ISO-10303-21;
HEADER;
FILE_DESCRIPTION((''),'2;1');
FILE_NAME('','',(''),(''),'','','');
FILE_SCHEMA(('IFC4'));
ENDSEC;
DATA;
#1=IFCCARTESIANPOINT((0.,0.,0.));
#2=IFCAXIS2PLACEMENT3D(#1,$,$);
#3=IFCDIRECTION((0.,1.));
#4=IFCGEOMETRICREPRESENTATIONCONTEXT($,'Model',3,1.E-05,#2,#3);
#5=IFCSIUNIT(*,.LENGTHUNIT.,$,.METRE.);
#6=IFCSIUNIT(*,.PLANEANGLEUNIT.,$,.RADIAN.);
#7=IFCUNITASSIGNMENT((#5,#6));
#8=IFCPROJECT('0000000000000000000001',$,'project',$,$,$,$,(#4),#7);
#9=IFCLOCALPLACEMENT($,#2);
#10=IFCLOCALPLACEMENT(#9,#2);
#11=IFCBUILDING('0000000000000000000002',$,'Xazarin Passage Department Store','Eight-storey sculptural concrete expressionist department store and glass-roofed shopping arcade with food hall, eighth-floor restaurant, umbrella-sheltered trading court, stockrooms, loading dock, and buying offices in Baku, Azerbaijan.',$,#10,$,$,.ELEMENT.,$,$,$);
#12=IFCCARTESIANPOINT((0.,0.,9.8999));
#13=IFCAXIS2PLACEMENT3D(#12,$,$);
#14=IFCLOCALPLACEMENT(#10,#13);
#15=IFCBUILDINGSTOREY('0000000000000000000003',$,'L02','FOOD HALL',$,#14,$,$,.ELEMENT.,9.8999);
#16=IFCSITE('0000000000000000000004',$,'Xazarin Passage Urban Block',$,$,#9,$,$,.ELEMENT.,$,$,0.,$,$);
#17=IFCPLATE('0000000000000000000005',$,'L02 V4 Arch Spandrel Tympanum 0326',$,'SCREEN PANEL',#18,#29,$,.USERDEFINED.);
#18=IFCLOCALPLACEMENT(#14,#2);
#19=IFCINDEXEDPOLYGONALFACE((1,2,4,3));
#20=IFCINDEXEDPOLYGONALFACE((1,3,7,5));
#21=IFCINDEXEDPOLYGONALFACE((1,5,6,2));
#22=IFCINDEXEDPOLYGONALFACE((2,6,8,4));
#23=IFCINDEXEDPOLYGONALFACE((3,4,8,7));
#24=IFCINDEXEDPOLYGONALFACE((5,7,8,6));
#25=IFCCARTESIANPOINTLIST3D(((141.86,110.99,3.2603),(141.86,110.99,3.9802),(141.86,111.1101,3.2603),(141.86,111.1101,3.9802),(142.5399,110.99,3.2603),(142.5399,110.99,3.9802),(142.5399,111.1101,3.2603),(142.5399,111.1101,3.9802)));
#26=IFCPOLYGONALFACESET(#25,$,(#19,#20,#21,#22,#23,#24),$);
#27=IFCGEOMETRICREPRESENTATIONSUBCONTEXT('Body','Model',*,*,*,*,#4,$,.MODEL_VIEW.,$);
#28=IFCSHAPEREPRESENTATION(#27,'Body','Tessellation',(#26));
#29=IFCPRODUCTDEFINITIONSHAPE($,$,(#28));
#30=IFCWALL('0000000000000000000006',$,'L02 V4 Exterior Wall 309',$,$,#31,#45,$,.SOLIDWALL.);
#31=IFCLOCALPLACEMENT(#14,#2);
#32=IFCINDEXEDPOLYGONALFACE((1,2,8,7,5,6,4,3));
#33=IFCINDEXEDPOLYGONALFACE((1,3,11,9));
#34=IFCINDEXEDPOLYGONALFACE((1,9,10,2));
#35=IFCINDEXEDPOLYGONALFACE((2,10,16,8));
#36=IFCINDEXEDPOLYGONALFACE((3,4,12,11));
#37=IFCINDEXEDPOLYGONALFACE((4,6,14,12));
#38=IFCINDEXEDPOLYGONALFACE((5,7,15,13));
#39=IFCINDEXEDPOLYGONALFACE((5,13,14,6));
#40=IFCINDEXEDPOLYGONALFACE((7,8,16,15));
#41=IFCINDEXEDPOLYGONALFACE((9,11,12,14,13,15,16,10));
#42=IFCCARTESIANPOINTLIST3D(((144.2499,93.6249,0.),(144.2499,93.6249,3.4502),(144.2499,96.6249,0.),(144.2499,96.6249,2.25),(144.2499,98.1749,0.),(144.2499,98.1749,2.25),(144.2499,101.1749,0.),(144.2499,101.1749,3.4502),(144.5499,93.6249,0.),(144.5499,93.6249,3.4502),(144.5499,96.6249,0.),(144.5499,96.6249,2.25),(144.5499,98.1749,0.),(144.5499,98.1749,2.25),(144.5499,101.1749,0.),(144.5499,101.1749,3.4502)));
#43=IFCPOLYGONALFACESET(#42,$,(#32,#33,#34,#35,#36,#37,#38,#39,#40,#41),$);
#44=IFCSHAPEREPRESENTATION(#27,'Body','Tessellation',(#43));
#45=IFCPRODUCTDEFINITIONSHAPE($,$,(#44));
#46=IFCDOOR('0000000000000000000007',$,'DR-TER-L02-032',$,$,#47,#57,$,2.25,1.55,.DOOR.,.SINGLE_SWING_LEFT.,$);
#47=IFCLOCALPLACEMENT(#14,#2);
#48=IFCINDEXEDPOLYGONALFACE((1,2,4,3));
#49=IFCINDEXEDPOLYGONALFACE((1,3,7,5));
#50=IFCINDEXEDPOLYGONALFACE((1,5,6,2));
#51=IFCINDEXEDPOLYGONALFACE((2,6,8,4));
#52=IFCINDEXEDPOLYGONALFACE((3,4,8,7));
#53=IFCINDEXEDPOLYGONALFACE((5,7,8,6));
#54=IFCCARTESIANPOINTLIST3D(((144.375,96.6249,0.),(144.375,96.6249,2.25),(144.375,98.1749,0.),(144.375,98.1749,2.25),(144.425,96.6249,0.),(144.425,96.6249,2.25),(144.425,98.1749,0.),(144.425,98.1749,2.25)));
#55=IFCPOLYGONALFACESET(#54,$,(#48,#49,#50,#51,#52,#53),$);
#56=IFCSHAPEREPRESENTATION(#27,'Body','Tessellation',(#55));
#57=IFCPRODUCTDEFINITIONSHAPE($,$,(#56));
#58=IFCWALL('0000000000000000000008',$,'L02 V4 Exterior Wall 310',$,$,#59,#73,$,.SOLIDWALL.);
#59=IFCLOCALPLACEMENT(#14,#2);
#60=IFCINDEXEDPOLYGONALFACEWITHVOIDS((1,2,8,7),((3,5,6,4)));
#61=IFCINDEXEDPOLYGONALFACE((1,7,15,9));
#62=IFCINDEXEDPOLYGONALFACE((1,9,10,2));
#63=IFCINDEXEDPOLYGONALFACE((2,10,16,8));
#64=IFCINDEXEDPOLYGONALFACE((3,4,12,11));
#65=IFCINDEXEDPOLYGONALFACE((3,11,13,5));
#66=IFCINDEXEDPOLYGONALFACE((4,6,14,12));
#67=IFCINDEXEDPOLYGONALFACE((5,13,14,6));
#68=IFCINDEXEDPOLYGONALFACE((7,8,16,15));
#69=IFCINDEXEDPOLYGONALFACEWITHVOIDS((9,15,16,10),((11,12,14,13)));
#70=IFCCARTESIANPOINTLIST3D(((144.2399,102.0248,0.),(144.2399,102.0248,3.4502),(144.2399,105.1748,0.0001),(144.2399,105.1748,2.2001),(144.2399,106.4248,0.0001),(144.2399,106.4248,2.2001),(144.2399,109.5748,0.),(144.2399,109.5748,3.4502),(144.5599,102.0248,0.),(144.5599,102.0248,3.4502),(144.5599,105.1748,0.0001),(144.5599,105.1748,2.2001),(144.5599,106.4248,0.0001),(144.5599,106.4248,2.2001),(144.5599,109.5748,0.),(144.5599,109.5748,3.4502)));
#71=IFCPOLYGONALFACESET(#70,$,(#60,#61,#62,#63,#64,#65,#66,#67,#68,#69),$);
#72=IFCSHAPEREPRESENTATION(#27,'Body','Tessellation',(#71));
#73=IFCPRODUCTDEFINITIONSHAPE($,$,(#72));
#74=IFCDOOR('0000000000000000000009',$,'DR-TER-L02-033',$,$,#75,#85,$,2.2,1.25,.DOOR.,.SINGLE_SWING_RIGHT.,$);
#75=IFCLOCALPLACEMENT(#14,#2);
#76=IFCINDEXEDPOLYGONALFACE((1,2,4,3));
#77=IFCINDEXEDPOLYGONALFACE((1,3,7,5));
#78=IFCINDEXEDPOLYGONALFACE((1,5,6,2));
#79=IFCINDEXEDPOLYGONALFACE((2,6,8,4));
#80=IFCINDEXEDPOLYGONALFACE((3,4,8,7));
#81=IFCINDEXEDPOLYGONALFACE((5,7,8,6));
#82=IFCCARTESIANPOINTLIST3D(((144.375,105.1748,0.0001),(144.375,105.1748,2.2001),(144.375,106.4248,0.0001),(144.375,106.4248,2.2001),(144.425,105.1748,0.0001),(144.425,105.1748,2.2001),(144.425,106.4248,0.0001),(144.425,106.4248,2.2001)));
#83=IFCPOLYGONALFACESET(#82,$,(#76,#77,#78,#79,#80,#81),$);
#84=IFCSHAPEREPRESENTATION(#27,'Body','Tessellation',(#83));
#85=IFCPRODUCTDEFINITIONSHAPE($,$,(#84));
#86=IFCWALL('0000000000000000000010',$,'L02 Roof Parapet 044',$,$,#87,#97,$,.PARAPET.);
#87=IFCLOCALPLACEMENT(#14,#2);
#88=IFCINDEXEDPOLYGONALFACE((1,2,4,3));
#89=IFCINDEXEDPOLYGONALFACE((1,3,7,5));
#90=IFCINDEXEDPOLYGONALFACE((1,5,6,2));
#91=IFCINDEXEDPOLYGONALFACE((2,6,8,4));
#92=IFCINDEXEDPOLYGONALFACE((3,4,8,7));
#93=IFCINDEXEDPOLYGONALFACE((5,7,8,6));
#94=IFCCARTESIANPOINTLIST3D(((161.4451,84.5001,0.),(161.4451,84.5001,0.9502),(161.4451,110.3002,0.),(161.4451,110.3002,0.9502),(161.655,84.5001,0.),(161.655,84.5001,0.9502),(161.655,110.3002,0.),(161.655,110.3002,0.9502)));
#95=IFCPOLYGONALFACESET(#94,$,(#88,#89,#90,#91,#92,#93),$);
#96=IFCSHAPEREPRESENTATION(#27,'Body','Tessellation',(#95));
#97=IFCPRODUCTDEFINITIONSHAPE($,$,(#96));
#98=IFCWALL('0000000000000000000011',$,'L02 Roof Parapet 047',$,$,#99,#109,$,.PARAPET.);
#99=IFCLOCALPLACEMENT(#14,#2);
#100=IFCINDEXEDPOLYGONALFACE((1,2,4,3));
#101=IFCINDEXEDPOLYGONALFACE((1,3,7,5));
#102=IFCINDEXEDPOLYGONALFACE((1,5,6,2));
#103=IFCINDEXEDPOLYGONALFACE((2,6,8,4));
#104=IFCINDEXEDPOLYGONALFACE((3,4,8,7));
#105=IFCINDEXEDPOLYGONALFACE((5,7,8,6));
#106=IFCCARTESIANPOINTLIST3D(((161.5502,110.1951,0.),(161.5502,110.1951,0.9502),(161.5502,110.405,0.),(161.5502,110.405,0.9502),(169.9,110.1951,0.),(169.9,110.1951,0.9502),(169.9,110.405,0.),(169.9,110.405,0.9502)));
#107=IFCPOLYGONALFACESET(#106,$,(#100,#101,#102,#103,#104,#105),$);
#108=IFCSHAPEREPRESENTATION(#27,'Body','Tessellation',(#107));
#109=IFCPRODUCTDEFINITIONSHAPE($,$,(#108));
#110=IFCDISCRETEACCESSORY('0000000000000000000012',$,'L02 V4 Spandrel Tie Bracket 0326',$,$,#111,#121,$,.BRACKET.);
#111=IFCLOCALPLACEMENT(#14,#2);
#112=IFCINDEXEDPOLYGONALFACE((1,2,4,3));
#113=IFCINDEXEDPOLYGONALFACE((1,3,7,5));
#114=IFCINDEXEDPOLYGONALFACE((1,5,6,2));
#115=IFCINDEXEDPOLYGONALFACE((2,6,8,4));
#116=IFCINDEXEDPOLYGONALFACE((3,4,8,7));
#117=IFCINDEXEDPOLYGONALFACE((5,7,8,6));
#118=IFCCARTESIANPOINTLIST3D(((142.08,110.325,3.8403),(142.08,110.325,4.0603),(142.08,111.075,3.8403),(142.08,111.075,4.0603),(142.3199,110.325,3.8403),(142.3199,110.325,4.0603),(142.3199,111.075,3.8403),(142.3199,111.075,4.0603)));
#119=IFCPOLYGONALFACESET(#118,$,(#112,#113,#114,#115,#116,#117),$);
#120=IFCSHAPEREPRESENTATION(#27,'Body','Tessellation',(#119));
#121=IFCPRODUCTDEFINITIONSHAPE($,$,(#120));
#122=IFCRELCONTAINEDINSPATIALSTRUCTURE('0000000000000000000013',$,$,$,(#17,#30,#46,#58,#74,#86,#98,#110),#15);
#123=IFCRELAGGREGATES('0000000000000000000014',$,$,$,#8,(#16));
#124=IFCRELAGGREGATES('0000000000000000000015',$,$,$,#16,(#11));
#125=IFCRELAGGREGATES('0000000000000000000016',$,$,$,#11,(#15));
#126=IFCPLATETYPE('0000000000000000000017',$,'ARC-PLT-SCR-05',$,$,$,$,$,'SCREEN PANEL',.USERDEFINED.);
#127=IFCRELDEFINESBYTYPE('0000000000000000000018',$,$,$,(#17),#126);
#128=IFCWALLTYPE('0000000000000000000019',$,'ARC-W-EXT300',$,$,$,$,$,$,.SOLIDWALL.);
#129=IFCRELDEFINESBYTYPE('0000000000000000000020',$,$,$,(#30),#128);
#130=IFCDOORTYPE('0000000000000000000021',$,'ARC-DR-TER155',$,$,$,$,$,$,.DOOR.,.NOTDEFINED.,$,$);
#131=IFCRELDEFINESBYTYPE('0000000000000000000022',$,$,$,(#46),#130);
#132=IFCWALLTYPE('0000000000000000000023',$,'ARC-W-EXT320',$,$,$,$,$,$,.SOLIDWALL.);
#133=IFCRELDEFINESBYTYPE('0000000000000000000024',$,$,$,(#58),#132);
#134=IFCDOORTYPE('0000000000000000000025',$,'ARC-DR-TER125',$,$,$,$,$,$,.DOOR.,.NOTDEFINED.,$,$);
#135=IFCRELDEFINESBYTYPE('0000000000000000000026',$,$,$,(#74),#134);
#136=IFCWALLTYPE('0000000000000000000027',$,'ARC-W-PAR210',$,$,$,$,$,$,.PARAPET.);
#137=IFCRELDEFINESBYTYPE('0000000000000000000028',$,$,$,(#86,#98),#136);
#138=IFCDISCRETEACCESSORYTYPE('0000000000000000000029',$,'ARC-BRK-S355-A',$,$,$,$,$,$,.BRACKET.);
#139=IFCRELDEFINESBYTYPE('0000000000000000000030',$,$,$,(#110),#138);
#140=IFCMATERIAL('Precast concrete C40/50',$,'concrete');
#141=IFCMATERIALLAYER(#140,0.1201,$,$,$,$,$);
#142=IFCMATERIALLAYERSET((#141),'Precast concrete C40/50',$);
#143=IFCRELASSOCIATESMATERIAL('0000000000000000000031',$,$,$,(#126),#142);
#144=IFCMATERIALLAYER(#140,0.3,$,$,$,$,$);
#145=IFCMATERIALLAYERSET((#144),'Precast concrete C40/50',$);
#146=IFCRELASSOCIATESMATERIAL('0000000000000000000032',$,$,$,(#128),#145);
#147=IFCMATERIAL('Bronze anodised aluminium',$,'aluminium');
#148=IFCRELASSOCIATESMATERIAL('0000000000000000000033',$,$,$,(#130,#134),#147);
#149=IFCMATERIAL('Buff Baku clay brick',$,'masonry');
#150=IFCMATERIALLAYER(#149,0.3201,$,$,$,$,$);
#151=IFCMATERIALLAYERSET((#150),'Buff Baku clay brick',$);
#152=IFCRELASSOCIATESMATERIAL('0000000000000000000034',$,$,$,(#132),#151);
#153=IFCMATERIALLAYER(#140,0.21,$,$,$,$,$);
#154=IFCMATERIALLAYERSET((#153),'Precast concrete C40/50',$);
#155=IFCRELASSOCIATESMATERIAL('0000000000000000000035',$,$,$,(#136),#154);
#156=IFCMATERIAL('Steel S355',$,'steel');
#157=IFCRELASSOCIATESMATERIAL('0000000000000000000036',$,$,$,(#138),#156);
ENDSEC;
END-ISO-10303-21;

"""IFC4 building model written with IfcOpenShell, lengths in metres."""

from ifc_helpers import new_model, si_unit, direction, frame, frame_2d, origin, origin_2d, place, context, subcontext, project, spatial, rectangle, extrude, material, layer, layer_set, type_object, element, fill, save


model = new_model("IFC4")

# Units and contexts
model_context = context("Model", 3, precision=1e-05, world=origin(), true_north=direction((0.0, 1.0)))
body_context = subcontext(model_context, "Body", "Model", "MODEL_VIEW")
ifc_project = project(units=[si_unit("LENGTHUNIT", "METRE"), si_unit("PLANEANGLEUNIT", "RADIAN")], contexts=[model_context])

# Site, building, storey
site_placement = place(None, origin())
site = spatial("IfcSite", under=ifc_project, at=site_placement, Name="Xazarin Passage Urban Block", CompositionType="ELEMENT", RefElevation=0.0)
building_placement = place(site_placement, origin())
building = spatial("IfcBuilding", under=site, at=building_placement, Name="Xazarin Passage Department Store", Description="Eight-storey sculptural concrete expressionist department store and glass-roofed shopping arcade with food hall, eighth-floor restaurant, umbrella-sheltered trading court, stockrooms, loading dock, and buying offices in Baku, Azerbaijan.", CompositionType="ELEMENT")
storey_placement = place(building_placement, frame((0.0, 0.0, 9.8999)))
storey = spatial("IfcBuildingStorey", under=building, at=storey_placement, Name="L02", Description="FOOD HALL", CompositionType="ELEMENT", Elevation=9.8999)

# Plate
ifc_material_1 = material(Name="Precast concrete C40/50", Category="concrete")
ifc_layer_1 = layer(ifc_material_1, 0.1201)
ifc_layer_set_1 = layer_set([ifc_layer_1], Name="Precast concrete C40/50")
plate_type = type_object("IfcPlateType", Name="ARC-PLT-SCR-05", ElementType="SCREEN PANEL", PredefinedType="USERDEFINED", material=ifc_layer_set_1)
plate_placement = place(storey_placement, frame((142.2, 111.05, 3.2603), z_axis=(0.0, 0.0, 1.0), x_axis=(1.0, 0.0, 0.0)))
element("IfcPlate", 1, at=plate_placement, inside=storey, type_object=plate_type, Name="L02 V4 Arch Spandrel Tympanum 0326", ObjectType="SCREEN PANEL", PredefinedType="USERDEFINED", context=body_context, shape_type="SweptSolid", body=[
    extrude(rectangle(XDim=0.6799, YDim=0.1201, at=origin_2d()), origin(), (0.0, 0.0, 1.0), 0.72),
])

# Walls, openings, doors
ifc_layer_2 = layer(ifc_material_1, 0.3)
ifc_layer_set_2 = layer_set([ifc_layer_2], Name="Precast concrete C40/50")
wall_type_1 = type_object("IfcWallType", Name="ARC-W-EXT300", PredefinedType="SOLIDWALL", material=ifc_layer_set_2)
wall_1_placement = place(storey_placement, frame((144.3999, 93.625, 0.0), z_axis=(0.0, 0.0, 1.0), x_axis=(0.0, 1.0, 0.0)))
wall_1 = element("IfcWall", 2, at=wall_1_placement, inside=storey, type_object=wall_type_1, Name="L02 V4 Exterior Wall 309", PredefinedType="SOLIDWALL", context=body_context, shape_type="SweptSolid", body=[
    extrude(rectangle(XDim=7.55, YDim=0.3, at=frame_2d((3.7749, 0.0))), origin(), (0.0, 0.0, 1.0), 3.4502),
])
opening_1_placement = place(wall_1_placement, frame((3.0, 0.0, 0.0)))
opening_1 = element("IfcOpeningElement", 3, at=opening_1_placement, cuts=wall_1, PredefinedType="OPENING", context=body_context, shape_type="SweptSolid", body=[
    extrude(rectangle(XDim=1.55, YDim=2.25, at=frame_2d((0.7749, 1.125))), frame((0.0, 0.1599, 0.0), z_axis=(0.0, -1.0, 0.0), x_axis=(1.0, 0.0, 0.0)), (0.0, 0.0, 1.0), 0.3201),
])
ifc_material_2 = material(Name="Bronze anodised aluminium", Category="aluminium")
door_type_1 = type_object("IfcDoorType", Name="ARC-DR-TER155", OperationType="NOTDEFINED", PredefinedType="DOOR", material=ifc_material_2)
door_1_placement = place(opening_1_placement, origin())
door_1 = element("IfcDoor", 4, at=door_1_placement, inside=storey, type_object=door_type_1, Name="DR-TER-L02-032", OperationType="SINGLE_SWING_LEFT", OverallHeight=2.25, OverallWidth=1.55, PredefinedType="DOOR", context=body_context, shape_type="SweptSolid", body=[
    extrude(rectangle(XDim=1.55, YDim=2.25, at=frame_2d((0.7749, 1.125))), frame((0.0, 0.0249, 0.0), z_axis=(0.0, -1.0, 0.0), x_axis=(1.0, 0.0, 0.0)), (0.0, 0.0, 1.0), 0.05),
])
fill(opening_1, door_1)
ifc_material_3 = material(Name="Buff Baku clay brick", Category="masonry")
ifc_layer_3 = layer(ifc_material_3, 0.3201)
ifc_layer_set_3 = layer_set([ifc_layer_3], Name="Buff Baku clay brick")
wall_type_2 = type_object("IfcWallType", Name="ARC-W-EXT320", PredefinedType="SOLIDWALL", material=ifc_layer_set_3)
wall_2_placement = place(storey_placement, frame((144.3999, 102.0249, 0.0), z_axis=(0.0, 0.0, 1.0), x_axis=(0.0, 1.0, 0.0)))
wall_2 = element("IfcWall", 5, at=wall_2_placement, inside=storey, type_object=wall_type_2, Name="L02 V4 Exterior Wall 310", PredefinedType="SOLIDWALL", context=body_context, shape_type="SweptSolid", body=[
    extrude(rectangle(XDim=7.55, YDim=0.3201, at=frame_2d((3.7749, 0.0))), origin(), (0.0, 0.0, 1.0), 3.4502),
])
opening_2_placement = place(wall_2_placement, frame((3.1499, 0.0, 0.0)))
opening_2 = element("IfcOpeningElement", 6, at=opening_2_placement, cuts=wall_2, PredefinedType="OPENING", context=body_context, shape_type="SweptSolid", body=[
    extrude(rectangle(XDim=1.25, YDim=2.2, at=frame_2d((0.625, 1.1001))), frame((0.0, 0.1699, 0.0), z_axis=(0.0, -1.0, 0.0), x_axis=(1.0, 0.0, 0.0)), (0.0, 0.0, 1.0), 0.3401),
])
door_type_2 = type_object("IfcDoorType", Name="ARC-DR-TER125", OperationType="NOTDEFINED", PredefinedType="DOOR", material=ifc_material_2)
door_2_placement = place(opening_2_placement, origin())
door_2 = element("IfcDoor", 7, at=door_2_placement, inside=storey, type_object=door_type_2, Name="DR-TER-L02-033", OperationType="SINGLE_SWING_RIGHT", OverallHeight=2.2, OverallWidth=1.25, PredefinedType="DOOR", context=body_context, shape_type="SweptSolid", body=[
    extrude(rectangle(XDim=1.25, YDim=2.2, at=frame_2d((0.625, 1.1001))), frame((0.0, 0.0249, 0.0), z_axis=(0.0, -1.0, 0.0), x_axis=(1.0, 0.0, 0.0)), (0.0, 0.0, 1.0), 0.05),
])
fill(opening_2, door_2)

# Walls
ifc_layer_4 = layer(ifc_material_1, 0.21)
ifc_layer_set_4 = layer_set([ifc_layer_4], Name="Precast concrete C40/50")
wall_type_3 = type_object("IfcWallType", Name="ARC-W-PAR210", PredefinedType="PARAPET", material=ifc_layer_set_4)
wall_3_placement = place(storey_placement, frame((161.55, 110.3, 0.0), z_axis=(0.0, 0.0, 1.0), x_axis=(0.0, -1.0, 0.0)))
element("IfcWall", 8, at=wall_3_placement, inside=storey, type_object=wall_type_3, Name="L02 Roof Parapet 044", PredefinedType="PARAPET", context=body_context, shape_type="SweptSolid", body=[
    extrude(rectangle(XDim=25.8, YDim=0.21, at=frame_2d((12.8999, 0.0))), origin(), (0.0, 0.0, 1.0), 0.9502),
])
wall_4_placement = place(storey_placement, frame((169.8999, 110.3, 0.0), z_axis=(0.0, 0.0, 1.0), x_axis=(-1.0, 0.0, 0.0)))
element("IfcWall", 9, at=wall_4_placement, inside=storey, type_object=wall_type_3, Name="L02 Roof Parapet 047", PredefinedType="PARAPET", context=body_context, shape_type="SweptSolid", body=[
    extrude(rectangle(XDim=8.3499, YDim=0.21, at=frame_2d((4.1748, 0.0))), origin(), (0.0, 0.0, 1.0), 0.9502),
])

# Shared definitions
ifc_material_4 = material(Name="Steel S355", Category="steel")

# Discrete accessory
discrete_accessory_type = type_object("IfcDiscreteAccessoryType", Name="ARC-BRK-S355-A", PredefinedType="BRACKET", material=ifc_material_4)
discrete_accessory_placement = place(storey_placement, frame((142.2, 110.7, 3.8403), z_axis=(0.0, 0.0, 1.0), x_axis=(1.0, 0.0, 0.0)))
element("IfcDiscreteAccessory", 10, at=discrete_accessory_placement, inside=storey, type_object=discrete_accessory_type, Name="L02 V4 Spandrel Tie Bracket 0326", PredefinedType="BRACKET", context=body_context, shape_type="SweptSolid", body=[
    extrude(rectangle(XDim=0.24, YDim=0.75, at=origin_2d()), origin(), (0.0, 0.0, 1.0), 0.22),
])

save(model, "model.ifc")
